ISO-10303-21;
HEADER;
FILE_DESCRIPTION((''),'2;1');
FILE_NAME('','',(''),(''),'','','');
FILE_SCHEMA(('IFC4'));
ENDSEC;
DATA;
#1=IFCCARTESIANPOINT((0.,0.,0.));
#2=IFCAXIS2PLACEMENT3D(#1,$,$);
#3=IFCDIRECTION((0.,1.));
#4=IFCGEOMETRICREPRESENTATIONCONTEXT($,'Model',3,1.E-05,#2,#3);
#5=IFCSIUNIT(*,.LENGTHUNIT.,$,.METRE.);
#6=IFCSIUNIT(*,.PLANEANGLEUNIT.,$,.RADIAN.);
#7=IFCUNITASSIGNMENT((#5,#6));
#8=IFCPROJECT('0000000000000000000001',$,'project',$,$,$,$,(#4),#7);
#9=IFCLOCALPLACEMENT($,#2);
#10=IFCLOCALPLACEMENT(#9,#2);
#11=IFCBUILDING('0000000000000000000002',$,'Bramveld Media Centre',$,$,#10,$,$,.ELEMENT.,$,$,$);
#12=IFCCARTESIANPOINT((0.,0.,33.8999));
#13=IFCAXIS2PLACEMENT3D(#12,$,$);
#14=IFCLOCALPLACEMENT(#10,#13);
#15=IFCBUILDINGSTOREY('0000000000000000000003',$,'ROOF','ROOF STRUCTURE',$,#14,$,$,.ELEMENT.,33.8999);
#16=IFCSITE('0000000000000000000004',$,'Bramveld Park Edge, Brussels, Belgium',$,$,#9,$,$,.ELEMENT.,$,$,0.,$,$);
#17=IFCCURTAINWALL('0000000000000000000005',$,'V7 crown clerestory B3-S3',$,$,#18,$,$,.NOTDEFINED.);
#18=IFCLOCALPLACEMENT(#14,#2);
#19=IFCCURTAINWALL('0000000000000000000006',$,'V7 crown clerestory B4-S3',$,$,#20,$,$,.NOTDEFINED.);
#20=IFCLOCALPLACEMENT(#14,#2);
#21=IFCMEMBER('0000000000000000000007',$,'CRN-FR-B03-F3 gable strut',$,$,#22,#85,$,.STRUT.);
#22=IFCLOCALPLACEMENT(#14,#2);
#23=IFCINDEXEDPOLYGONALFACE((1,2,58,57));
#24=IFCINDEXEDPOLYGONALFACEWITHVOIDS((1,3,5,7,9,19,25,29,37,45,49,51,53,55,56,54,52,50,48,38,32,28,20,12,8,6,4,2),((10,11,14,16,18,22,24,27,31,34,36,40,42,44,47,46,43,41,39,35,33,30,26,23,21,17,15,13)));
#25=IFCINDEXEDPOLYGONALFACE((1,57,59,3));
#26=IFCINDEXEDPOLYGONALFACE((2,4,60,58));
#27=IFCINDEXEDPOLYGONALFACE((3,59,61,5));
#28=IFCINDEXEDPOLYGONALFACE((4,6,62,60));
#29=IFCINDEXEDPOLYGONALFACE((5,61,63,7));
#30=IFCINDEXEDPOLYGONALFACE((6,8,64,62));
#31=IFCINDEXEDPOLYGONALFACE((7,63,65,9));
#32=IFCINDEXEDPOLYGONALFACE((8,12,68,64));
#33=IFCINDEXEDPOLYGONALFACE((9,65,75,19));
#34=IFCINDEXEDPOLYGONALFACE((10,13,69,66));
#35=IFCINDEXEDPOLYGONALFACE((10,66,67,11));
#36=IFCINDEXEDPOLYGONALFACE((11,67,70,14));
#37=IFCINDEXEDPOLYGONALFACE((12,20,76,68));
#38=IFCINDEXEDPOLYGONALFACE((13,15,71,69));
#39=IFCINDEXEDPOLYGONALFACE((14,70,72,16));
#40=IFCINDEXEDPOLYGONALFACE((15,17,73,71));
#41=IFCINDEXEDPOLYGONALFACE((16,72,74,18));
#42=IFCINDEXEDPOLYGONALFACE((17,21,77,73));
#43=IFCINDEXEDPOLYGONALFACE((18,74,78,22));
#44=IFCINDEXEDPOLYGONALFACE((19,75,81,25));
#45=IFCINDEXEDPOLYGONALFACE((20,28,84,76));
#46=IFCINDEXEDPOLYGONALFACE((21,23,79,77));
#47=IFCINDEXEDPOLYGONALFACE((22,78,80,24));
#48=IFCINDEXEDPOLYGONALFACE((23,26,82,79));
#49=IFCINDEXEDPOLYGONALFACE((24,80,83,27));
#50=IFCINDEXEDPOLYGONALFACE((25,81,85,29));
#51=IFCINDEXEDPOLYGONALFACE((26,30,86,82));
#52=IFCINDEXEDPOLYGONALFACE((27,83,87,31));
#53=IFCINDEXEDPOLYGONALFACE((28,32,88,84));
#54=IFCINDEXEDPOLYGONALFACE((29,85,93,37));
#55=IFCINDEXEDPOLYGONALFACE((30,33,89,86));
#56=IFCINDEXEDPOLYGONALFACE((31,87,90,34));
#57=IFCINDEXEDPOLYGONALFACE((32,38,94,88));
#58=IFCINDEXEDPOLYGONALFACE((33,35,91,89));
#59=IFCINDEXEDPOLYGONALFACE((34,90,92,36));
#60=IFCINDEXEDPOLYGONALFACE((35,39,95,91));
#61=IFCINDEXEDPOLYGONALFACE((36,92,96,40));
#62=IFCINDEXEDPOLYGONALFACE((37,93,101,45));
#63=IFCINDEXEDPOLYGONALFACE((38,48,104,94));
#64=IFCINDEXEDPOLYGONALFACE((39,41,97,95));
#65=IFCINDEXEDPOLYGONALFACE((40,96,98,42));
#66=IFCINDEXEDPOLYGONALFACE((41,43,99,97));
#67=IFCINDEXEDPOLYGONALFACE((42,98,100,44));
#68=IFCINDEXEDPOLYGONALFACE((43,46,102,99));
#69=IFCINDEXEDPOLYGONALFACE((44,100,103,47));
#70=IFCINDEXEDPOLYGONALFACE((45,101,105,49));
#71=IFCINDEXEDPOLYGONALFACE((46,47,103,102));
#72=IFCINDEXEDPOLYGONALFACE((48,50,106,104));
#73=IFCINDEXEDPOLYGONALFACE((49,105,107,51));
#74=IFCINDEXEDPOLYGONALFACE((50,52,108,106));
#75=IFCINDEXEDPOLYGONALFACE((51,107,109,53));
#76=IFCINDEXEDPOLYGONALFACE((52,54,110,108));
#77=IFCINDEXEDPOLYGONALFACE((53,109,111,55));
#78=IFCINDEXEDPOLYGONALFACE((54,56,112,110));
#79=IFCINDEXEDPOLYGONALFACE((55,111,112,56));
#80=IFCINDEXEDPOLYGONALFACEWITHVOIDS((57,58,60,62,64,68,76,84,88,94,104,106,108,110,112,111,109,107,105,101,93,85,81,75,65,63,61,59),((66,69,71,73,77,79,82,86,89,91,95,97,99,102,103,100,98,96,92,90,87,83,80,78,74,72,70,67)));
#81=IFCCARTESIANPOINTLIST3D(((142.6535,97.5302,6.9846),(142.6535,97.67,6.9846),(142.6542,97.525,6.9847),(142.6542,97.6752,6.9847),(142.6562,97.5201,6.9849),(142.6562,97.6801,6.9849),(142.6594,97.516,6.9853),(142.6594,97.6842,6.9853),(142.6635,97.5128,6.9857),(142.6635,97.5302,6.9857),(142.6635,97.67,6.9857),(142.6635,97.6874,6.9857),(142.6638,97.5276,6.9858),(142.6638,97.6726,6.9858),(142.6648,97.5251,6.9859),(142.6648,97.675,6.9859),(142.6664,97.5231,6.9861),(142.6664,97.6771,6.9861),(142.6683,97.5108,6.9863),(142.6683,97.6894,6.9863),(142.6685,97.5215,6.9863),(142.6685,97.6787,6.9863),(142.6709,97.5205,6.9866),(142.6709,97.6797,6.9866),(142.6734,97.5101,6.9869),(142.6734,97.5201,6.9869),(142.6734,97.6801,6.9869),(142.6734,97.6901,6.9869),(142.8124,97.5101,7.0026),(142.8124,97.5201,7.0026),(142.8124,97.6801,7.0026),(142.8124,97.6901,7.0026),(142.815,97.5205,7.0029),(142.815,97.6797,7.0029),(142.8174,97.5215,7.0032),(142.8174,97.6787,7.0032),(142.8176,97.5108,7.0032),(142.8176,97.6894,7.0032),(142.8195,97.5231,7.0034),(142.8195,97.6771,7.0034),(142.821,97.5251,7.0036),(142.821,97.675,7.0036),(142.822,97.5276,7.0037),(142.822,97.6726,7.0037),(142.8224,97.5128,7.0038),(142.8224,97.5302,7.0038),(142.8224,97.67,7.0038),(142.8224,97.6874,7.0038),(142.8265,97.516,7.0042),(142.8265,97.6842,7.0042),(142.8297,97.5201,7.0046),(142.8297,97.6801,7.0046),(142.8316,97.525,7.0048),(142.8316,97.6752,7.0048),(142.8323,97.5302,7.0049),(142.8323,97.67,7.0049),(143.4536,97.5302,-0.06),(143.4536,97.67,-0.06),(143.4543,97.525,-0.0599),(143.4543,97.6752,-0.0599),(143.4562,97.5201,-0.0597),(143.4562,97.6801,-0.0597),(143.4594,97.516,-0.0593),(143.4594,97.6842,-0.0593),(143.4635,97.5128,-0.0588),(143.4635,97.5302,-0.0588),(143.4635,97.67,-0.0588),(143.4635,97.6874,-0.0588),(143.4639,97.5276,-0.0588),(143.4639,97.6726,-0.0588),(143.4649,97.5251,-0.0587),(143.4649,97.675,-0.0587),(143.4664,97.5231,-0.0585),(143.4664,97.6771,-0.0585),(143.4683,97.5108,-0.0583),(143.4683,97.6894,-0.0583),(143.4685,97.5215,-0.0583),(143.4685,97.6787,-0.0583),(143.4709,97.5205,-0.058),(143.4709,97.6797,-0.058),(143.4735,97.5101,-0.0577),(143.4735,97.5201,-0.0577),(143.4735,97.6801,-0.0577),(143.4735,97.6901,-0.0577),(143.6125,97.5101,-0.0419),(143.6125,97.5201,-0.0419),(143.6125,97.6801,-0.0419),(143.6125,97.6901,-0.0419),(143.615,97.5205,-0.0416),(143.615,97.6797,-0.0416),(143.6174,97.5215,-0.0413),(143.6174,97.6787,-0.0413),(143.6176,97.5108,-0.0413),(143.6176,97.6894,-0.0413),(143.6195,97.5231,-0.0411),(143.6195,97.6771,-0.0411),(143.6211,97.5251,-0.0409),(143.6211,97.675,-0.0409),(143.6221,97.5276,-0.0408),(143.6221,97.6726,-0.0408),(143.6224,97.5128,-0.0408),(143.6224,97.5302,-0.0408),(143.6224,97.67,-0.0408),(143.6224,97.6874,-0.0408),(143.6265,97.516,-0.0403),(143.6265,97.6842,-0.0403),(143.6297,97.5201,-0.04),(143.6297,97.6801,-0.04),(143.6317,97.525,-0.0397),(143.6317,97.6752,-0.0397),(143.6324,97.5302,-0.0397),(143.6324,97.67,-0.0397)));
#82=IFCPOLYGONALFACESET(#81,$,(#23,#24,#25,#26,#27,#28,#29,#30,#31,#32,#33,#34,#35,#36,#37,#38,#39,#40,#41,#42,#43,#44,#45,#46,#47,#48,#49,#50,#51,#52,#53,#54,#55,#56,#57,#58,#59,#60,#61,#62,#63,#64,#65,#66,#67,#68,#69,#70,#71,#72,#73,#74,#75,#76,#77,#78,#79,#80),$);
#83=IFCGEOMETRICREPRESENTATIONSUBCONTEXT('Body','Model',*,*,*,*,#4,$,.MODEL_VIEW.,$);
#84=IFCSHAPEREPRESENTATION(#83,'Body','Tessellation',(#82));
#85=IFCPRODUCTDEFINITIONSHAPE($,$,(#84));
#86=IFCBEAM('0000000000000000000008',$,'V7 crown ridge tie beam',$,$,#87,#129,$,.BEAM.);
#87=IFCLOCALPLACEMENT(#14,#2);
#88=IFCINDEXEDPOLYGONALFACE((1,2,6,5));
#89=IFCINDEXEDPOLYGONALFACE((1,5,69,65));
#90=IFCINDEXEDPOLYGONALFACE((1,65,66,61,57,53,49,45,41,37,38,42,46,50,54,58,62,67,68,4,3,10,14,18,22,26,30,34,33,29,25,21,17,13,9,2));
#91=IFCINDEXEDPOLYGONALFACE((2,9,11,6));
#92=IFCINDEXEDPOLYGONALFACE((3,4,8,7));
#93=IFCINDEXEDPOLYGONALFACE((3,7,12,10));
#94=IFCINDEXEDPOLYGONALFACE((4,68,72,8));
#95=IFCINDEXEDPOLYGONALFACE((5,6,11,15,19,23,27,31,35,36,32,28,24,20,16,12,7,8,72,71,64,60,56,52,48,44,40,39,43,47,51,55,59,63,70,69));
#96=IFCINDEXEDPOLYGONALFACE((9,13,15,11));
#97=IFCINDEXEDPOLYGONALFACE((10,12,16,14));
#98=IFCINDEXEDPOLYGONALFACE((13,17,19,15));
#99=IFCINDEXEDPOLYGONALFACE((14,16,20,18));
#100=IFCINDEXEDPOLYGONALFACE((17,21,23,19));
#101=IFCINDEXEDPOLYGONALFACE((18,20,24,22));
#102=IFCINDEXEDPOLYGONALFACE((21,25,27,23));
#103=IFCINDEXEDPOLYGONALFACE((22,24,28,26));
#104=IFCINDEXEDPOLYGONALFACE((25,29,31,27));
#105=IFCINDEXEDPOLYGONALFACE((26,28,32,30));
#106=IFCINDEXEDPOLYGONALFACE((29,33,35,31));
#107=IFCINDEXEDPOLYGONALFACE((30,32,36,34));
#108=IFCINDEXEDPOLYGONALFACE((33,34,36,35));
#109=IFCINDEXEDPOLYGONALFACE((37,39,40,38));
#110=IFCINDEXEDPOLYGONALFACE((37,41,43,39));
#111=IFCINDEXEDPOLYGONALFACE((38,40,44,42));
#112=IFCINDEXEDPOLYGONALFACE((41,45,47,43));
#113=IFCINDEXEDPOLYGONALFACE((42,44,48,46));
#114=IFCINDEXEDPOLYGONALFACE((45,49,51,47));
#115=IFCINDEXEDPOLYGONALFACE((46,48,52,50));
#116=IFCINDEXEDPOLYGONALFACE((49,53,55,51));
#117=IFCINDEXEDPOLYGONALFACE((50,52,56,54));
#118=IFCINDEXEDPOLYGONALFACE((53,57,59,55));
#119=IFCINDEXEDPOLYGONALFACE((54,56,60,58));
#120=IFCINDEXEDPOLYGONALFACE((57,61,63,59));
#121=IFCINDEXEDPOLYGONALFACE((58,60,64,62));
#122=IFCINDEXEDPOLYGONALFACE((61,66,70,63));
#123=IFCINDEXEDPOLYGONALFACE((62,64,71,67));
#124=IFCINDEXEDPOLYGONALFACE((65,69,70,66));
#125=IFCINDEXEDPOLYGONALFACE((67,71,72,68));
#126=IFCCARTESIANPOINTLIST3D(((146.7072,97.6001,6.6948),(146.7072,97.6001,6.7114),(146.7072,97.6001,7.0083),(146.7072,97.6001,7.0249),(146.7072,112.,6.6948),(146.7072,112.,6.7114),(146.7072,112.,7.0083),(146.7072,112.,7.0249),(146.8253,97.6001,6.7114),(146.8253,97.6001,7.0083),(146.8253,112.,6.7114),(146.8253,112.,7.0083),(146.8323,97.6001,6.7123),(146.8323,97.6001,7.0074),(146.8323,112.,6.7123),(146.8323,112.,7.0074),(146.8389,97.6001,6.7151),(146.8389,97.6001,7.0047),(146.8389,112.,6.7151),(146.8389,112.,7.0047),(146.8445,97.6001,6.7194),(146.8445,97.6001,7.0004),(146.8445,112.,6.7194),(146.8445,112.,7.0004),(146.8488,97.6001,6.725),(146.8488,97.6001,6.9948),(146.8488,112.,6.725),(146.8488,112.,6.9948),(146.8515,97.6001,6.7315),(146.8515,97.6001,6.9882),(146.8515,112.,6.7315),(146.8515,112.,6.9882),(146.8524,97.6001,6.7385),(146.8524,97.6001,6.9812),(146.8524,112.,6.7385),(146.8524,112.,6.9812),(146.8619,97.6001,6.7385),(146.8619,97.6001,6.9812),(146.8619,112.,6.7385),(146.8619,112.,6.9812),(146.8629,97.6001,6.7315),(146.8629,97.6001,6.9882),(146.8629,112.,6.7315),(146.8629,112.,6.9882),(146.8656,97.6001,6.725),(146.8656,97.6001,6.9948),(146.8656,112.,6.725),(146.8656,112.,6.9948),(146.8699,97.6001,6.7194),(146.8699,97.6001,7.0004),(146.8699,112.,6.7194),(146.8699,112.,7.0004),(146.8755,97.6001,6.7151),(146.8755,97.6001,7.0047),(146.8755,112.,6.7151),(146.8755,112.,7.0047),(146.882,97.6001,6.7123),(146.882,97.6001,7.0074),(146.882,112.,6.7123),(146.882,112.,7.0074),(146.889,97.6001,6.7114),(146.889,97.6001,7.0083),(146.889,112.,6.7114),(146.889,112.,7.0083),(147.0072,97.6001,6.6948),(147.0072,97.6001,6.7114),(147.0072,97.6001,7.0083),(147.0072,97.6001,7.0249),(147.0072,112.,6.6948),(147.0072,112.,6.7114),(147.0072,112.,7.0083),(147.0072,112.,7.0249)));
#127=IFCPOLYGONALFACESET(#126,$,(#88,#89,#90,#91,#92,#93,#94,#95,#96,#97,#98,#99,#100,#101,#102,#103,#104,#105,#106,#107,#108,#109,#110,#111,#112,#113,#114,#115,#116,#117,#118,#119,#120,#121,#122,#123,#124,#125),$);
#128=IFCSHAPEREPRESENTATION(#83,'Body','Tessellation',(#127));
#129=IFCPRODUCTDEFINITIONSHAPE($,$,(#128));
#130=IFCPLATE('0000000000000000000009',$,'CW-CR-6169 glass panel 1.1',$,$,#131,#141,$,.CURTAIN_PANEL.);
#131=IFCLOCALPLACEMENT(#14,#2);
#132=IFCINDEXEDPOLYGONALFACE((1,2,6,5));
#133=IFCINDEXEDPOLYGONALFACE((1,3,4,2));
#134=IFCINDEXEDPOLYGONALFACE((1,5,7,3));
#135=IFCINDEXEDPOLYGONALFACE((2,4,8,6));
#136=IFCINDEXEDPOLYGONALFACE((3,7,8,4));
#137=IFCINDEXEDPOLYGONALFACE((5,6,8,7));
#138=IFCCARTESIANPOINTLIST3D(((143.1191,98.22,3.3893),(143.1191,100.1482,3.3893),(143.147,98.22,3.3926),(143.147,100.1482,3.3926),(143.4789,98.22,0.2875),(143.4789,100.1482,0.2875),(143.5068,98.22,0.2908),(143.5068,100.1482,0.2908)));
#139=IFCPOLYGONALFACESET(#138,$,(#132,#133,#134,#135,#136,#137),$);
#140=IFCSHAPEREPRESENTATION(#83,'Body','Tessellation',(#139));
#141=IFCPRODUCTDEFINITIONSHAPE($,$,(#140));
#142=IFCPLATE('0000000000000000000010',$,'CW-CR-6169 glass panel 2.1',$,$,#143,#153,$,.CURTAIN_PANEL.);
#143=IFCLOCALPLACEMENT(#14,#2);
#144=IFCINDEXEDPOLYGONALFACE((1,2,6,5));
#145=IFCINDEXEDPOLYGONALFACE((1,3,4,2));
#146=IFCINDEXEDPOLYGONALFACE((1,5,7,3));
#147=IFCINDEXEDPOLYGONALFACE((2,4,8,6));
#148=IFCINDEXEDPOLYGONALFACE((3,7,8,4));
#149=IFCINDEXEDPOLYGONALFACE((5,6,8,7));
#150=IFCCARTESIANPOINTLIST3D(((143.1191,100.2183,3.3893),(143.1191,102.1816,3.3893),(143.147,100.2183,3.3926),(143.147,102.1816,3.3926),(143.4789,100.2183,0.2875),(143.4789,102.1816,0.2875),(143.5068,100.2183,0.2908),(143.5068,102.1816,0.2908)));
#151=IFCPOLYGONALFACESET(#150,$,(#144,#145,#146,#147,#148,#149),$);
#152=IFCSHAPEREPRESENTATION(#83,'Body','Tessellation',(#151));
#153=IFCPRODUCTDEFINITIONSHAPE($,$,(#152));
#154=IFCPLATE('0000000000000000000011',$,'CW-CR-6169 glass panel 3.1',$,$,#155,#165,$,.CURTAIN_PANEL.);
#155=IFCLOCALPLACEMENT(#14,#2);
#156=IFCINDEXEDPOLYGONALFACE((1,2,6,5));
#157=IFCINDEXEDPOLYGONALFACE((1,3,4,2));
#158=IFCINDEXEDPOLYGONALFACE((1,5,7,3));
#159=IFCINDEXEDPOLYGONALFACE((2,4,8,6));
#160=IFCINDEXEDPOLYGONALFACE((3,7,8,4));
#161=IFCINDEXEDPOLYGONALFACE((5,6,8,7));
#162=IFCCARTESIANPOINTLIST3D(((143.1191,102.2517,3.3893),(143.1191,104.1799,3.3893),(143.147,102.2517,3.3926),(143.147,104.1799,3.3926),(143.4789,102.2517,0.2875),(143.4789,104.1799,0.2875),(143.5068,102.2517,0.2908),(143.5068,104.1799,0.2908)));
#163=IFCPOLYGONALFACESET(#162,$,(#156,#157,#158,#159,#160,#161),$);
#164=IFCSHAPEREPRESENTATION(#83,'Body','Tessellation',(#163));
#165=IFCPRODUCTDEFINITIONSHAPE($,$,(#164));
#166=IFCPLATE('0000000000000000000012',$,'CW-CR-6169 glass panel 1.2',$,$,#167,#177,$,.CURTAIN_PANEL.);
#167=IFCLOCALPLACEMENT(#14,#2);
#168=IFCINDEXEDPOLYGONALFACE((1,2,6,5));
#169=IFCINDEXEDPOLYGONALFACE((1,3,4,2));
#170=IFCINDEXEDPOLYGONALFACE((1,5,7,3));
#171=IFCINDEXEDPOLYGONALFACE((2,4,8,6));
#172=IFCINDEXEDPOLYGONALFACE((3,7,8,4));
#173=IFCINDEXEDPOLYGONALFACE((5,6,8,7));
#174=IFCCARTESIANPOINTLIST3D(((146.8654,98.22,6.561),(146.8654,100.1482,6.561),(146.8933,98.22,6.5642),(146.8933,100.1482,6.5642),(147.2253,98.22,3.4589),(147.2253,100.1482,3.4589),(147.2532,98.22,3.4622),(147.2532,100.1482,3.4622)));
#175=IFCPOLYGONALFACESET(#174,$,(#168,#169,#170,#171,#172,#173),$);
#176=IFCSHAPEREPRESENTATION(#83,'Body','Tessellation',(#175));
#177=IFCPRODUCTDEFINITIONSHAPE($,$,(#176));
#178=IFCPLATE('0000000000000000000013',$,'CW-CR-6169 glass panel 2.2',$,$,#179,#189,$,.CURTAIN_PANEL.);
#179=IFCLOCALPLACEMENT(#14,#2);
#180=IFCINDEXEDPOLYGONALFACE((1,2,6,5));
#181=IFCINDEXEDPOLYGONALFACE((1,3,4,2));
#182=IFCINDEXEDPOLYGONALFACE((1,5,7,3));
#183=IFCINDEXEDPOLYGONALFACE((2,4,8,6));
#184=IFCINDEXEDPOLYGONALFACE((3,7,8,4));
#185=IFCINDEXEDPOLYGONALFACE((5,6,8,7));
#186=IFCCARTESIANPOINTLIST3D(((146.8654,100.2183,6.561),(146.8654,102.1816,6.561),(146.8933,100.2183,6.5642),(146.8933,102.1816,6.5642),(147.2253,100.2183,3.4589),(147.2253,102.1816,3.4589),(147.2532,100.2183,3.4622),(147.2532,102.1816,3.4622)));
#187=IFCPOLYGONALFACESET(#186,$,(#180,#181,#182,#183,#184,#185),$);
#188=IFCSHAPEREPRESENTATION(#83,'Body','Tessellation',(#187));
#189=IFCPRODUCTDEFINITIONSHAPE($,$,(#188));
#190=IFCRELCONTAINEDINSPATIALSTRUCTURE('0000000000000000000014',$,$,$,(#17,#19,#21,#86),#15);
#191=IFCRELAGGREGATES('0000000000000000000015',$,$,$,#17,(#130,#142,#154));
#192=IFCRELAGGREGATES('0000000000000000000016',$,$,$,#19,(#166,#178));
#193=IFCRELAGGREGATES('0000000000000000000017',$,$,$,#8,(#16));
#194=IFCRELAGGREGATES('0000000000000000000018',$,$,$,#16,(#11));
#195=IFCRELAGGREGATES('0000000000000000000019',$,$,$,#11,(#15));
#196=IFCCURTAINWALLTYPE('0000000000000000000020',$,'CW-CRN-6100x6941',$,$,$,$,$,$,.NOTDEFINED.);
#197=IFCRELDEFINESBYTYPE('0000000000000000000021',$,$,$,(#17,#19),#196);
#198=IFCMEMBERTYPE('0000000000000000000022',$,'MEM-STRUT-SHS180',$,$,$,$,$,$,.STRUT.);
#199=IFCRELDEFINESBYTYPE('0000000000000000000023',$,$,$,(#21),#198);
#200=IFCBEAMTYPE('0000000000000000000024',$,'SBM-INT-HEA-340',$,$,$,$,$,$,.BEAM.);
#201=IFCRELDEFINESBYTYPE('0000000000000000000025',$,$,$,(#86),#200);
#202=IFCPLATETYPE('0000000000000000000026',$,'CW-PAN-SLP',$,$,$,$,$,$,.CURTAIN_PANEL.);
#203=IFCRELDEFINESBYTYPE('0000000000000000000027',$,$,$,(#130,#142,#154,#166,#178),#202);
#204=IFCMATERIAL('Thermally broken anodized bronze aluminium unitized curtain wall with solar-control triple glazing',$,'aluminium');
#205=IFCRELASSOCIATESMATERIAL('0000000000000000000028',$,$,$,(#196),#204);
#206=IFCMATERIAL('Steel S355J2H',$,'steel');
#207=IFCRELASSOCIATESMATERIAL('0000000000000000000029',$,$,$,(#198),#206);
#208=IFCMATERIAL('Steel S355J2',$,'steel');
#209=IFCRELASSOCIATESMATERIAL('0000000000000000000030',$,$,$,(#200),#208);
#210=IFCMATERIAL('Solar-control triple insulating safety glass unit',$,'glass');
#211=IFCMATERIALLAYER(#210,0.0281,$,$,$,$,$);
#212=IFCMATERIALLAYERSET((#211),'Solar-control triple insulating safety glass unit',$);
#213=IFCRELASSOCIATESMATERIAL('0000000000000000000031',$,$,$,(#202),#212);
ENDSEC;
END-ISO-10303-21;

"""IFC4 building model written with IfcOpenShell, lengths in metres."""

from ifc_helpers import new_model, si_unit, direction, frame, origin, origin_2d, place, context, subcontext, project, spatial, polyline, hollow_rectangle, i_section, outline, extrude, material, layer, layer_set, material_profile, profile_set, type_object, element, aggregate, save


model = new_model("IFC4")

# Units and contexts
model_context = context("Model", 3, precision=1e-05, world=origin(), true_north=direction((0.0, 1.0)))
body_context = subcontext(model_context, "Body", "Model", "MODEL_VIEW")
ifc_project = project(units=[si_unit("LENGTHUNIT", "METRE"), si_unit("PLANEANGLEUNIT", "RADIAN")], contexts=[model_context])

# Site, building, storey
site_placement = place(None, origin())
site = spatial("IfcSite", under=ifc_project, at=site_placement, Name="Bramveld Park Edge, Brussels, Belgium", CompositionType="ELEMENT", RefElevation=0.0)
building_placement = place(site_placement, origin())
building = spatial("IfcBuilding", under=site, at=building_placement, Name="Bramveld Media Centre", CompositionType="ELEMENT")
storey_placement = place(building_placement, frame((0.0, 0.0, 33.8999)))
storey = spatial("IfcBuildingStorey", under=building, at=storey_placement, Name="ROOF", Description="ROOF STRUCTURE", CompositionType="ELEMENT", Elevation=33.8999)

# Curtain walls
ifc_material_1 = material(Name="Thermally broken anodized bronze aluminium unitized curtain wall with solar-control triple glazing", Category="aluminium")
curtain_wall_type = type_object("IfcCurtainWallType", Name="CW-CRN-6100x6941", PredefinedType="NOTDEFINED", material=ifc_material_1)
curtain_wall_1_placement = place(storey_placement, origin())
curtain_wall_1 = element("IfcCurtainWall", 1, at=curtain_wall_1_placement, inside=storey, type_object=curtain_wall_type, Name="V7 crown clerestory B3-S3", PredefinedType="NOTDEFINED")
curtain_wall_2_placement = place(storey_placement, origin())
curtain_wall_2 = element("IfcCurtainWall", 2, at=curtain_wall_2_placement, inside=storey, type_object=curtain_wall_type, Name="V7 crown clerestory B4-S3", PredefinedType="NOTDEFINED")

# Member
ifc_material_2 = material(Name="Steel S355J2H", Category="steel")
ifc_material_profile_1 = material_profile(ifc_material_2, hollow_rectangle(XDim=0.1799, YDim=0.1799, WallThickness=0.01, InnerFilletRadius=0.01, OuterFilletRadius=0.02, at=origin_2d()), Name="SHS 180x180x10")
ifc_profile_set_1 = profile_set([ifc_material_profile_1], Name="Steel S355J2H")
member_type_1 = type_object("IfcMemberType", Name="MEM-STRUT-SHS180", PredefinedType="STRUT", material=ifc_profile_set_1)
member_1_placement = place(storey_placement, frame((143.543, 97.6001, -0.0498), z_axis=(-0.112842, 0.0, 0.993613), x_axis=(0.0, -1.0, 0.0)))
element("IfcMember", 3, at=member_1_placement, inside=storey, type_object=member_type_1, Name="CRN-FR-B03-F3 gable strut", PredefinedType="STRUT", context=body_context, shape_type="SweptSolid", body=[
    extrude(hollow_rectangle(XDim=0.1799, YDim=0.1799, WallThickness=0.01, InnerFilletRadius=0.01, OuterFilletRadius=0.02, at=origin_2d()), origin(), (0.0, 0.0, 1.0), 7.0898),
])

# Beam
ifc_material_3 = material(Name="Steel S355J2", Category="steel")
ifc_material_profile_2 = material_profile(ifc_material_3, i_section(OverallWidth=0.3, OverallDepth=0.3301, WebThickness=0.0095, FlangeThickness=0.0166, FilletRadius=0.0271, at=origin_2d()), Name="HEA 340")
ifc_profile_set_2 = profile_set([ifc_material_profile_2], Name="Steel S355J2")
beam_type = type_object("IfcBeamType", Name="SBM-INT-HEA-340", PredefinedType="BEAM", material=ifc_profile_set_2)
beam_placement = place(storey_placement, frame((146.8572, 97.6001, 6.8599), z_axis=(0.0, 1.0, 0.0), x_axis=(-1.0, 0.0, 0.0)))
element("IfcBeam", 4, at=beam_placement, inside=storey, type_object=beam_type, Name="V7 crown ridge tie beam", PredefinedType="BEAM", context=body_context, shape_type="SweptSolid", body=[
    extrude(i_section(OverallWidth=0.3, OverallDepth=0.3301, WebThickness=0.0095, FlangeThickness=0.0166, FilletRadius=0.0271, at=origin_2d()), origin(), (0.0, 0.0, 1.0), 14.3999),
])

# Plates
ifc_material_4 = material(Name="Solar-control triple insulating safety glass unit", Category="glass")
ifc_layer_1 = layer(ifc_material_4, 0.0281)
ifc_layer_set_1 = layer_set([ifc_layer_1], Name="Solar-control triple insulating safety glass unit")
plate_type_1 = type_object("IfcPlateType", Name="CW-PAN-SLP", PredefinedType="CURTAIN_PANEL", material=ifc_layer_set_1)
plate_1_placement = place(storey_placement, frame((143.5068, 98.22, 0.2908), z_axis=(0.993337, 0.0, 0.115244), x_axis=(0.0, 1.0, 0.0)))
plate_1 = element("IfcPlate", 5, at=plate_1_placement, type_object=plate_type_1, Name="CW-CR-6169 glass panel 1.1", PredefinedType="CURTAIN_PANEL", context=body_context, shape_type="SweptSolid", body=[
    extrude(outline(polyline([(0.0, 0.0), (1.9282, 0.0), (1.9282, 3.1226), (0.0, 3.1226), (0.0, 0.0)])), origin(), (0.0, 0.0, -1.0), 0.0281),
])
plate_2_placement = place(storey_placement, frame((143.5068, 100.2183, 0.2908), z_axis=(0.993337, 0.0, 0.115244), x_axis=(0.0, 1.0, 0.0)))
plate_2 = element("IfcPlate", 6, at=plate_2_placement, type_object=plate_type_1, Name="CW-CR-6169 glass panel 2.1", PredefinedType="CURTAIN_PANEL", context=body_context, shape_type="SweptSolid", body=[
    extrude(outline(polyline([(0.0, 0.0), (1.9634, 0.0), (1.9634, 3.1226), (0.0, 3.1226), (0.0, 0.0)])), origin(), (0.0, 0.0, -1.0), 0.0281),
])
plate_3_placement = place(storey_placement, frame((143.5068, 102.2517, 0.2908), z_axis=(0.993337, 0.0, 0.115244), x_axis=(0.0, 1.0, 0.0)))
plate_3 = element("IfcPlate", 7, at=plate_3_placement, type_object=plate_type_1, Name="CW-CR-6169 glass panel 3.1", PredefinedType="CURTAIN_PANEL", context=body_context, shape_type="SweptSolid", body=[
    extrude(outline(polyline([(0.0, 0.0), (1.9282, 0.0), (1.9282, 3.1226), (0.0, 3.1226), (0.0, 0.0)])), origin(), (0.0, 0.0, -1.0), 0.0281),
])
aggregate(curtain_wall_1, [plate_1, plate_2, plate_3])
plate_4_placement = place(storey_placement, frame((147.2532, 98.22, 3.4622), z_axis=(0.993338, 0.0, 0.115235), x_axis=(0.0, 1.0, 0.0)))
plate_4 = element("IfcPlate", 8, at=plate_4_placement, type_object=plate_type_1, Name="CW-CR-6169 glass panel 1.2", PredefinedType="CURTAIN_PANEL", context=body_context, shape_type="SweptSolid", body=[
    extrude(outline(polyline([(0.0, 0.0), (1.9282, 0.0), (1.9282, 3.1229), (0.0, 3.1229), (0.0, 0.0)])), origin(), (0.0, 0.0, -1.0), 0.0281),
])
plate_5_placement = place(storey_placement, frame((147.2532, 100.2183, 3.4622), z_axis=(0.993338, 0.0, 0.115235), x_axis=(0.0, 1.0, 0.0)))
plate_5 = element("IfcPlate", 9, at=plate_5_placement, type_object=plate_type_1, Name="CW-CR-6169 glass panel 2.2", PredefinedType="CURTAIN_PANEL", context=body_context, shape_type="SweptSolid", body=[
    extrude(outline(polyline([(0.0, 0.0), (1.9634, 0.0), (1.9634, 3.1229), (0.0, 3.1229), (0.0, 0.0)])), origin(), (0.0, 0.0, -1.0), 0.0281),
])
aggregate(curtain_wall_2, [plate_4, plate_5])

save(model, "model.ifc")
